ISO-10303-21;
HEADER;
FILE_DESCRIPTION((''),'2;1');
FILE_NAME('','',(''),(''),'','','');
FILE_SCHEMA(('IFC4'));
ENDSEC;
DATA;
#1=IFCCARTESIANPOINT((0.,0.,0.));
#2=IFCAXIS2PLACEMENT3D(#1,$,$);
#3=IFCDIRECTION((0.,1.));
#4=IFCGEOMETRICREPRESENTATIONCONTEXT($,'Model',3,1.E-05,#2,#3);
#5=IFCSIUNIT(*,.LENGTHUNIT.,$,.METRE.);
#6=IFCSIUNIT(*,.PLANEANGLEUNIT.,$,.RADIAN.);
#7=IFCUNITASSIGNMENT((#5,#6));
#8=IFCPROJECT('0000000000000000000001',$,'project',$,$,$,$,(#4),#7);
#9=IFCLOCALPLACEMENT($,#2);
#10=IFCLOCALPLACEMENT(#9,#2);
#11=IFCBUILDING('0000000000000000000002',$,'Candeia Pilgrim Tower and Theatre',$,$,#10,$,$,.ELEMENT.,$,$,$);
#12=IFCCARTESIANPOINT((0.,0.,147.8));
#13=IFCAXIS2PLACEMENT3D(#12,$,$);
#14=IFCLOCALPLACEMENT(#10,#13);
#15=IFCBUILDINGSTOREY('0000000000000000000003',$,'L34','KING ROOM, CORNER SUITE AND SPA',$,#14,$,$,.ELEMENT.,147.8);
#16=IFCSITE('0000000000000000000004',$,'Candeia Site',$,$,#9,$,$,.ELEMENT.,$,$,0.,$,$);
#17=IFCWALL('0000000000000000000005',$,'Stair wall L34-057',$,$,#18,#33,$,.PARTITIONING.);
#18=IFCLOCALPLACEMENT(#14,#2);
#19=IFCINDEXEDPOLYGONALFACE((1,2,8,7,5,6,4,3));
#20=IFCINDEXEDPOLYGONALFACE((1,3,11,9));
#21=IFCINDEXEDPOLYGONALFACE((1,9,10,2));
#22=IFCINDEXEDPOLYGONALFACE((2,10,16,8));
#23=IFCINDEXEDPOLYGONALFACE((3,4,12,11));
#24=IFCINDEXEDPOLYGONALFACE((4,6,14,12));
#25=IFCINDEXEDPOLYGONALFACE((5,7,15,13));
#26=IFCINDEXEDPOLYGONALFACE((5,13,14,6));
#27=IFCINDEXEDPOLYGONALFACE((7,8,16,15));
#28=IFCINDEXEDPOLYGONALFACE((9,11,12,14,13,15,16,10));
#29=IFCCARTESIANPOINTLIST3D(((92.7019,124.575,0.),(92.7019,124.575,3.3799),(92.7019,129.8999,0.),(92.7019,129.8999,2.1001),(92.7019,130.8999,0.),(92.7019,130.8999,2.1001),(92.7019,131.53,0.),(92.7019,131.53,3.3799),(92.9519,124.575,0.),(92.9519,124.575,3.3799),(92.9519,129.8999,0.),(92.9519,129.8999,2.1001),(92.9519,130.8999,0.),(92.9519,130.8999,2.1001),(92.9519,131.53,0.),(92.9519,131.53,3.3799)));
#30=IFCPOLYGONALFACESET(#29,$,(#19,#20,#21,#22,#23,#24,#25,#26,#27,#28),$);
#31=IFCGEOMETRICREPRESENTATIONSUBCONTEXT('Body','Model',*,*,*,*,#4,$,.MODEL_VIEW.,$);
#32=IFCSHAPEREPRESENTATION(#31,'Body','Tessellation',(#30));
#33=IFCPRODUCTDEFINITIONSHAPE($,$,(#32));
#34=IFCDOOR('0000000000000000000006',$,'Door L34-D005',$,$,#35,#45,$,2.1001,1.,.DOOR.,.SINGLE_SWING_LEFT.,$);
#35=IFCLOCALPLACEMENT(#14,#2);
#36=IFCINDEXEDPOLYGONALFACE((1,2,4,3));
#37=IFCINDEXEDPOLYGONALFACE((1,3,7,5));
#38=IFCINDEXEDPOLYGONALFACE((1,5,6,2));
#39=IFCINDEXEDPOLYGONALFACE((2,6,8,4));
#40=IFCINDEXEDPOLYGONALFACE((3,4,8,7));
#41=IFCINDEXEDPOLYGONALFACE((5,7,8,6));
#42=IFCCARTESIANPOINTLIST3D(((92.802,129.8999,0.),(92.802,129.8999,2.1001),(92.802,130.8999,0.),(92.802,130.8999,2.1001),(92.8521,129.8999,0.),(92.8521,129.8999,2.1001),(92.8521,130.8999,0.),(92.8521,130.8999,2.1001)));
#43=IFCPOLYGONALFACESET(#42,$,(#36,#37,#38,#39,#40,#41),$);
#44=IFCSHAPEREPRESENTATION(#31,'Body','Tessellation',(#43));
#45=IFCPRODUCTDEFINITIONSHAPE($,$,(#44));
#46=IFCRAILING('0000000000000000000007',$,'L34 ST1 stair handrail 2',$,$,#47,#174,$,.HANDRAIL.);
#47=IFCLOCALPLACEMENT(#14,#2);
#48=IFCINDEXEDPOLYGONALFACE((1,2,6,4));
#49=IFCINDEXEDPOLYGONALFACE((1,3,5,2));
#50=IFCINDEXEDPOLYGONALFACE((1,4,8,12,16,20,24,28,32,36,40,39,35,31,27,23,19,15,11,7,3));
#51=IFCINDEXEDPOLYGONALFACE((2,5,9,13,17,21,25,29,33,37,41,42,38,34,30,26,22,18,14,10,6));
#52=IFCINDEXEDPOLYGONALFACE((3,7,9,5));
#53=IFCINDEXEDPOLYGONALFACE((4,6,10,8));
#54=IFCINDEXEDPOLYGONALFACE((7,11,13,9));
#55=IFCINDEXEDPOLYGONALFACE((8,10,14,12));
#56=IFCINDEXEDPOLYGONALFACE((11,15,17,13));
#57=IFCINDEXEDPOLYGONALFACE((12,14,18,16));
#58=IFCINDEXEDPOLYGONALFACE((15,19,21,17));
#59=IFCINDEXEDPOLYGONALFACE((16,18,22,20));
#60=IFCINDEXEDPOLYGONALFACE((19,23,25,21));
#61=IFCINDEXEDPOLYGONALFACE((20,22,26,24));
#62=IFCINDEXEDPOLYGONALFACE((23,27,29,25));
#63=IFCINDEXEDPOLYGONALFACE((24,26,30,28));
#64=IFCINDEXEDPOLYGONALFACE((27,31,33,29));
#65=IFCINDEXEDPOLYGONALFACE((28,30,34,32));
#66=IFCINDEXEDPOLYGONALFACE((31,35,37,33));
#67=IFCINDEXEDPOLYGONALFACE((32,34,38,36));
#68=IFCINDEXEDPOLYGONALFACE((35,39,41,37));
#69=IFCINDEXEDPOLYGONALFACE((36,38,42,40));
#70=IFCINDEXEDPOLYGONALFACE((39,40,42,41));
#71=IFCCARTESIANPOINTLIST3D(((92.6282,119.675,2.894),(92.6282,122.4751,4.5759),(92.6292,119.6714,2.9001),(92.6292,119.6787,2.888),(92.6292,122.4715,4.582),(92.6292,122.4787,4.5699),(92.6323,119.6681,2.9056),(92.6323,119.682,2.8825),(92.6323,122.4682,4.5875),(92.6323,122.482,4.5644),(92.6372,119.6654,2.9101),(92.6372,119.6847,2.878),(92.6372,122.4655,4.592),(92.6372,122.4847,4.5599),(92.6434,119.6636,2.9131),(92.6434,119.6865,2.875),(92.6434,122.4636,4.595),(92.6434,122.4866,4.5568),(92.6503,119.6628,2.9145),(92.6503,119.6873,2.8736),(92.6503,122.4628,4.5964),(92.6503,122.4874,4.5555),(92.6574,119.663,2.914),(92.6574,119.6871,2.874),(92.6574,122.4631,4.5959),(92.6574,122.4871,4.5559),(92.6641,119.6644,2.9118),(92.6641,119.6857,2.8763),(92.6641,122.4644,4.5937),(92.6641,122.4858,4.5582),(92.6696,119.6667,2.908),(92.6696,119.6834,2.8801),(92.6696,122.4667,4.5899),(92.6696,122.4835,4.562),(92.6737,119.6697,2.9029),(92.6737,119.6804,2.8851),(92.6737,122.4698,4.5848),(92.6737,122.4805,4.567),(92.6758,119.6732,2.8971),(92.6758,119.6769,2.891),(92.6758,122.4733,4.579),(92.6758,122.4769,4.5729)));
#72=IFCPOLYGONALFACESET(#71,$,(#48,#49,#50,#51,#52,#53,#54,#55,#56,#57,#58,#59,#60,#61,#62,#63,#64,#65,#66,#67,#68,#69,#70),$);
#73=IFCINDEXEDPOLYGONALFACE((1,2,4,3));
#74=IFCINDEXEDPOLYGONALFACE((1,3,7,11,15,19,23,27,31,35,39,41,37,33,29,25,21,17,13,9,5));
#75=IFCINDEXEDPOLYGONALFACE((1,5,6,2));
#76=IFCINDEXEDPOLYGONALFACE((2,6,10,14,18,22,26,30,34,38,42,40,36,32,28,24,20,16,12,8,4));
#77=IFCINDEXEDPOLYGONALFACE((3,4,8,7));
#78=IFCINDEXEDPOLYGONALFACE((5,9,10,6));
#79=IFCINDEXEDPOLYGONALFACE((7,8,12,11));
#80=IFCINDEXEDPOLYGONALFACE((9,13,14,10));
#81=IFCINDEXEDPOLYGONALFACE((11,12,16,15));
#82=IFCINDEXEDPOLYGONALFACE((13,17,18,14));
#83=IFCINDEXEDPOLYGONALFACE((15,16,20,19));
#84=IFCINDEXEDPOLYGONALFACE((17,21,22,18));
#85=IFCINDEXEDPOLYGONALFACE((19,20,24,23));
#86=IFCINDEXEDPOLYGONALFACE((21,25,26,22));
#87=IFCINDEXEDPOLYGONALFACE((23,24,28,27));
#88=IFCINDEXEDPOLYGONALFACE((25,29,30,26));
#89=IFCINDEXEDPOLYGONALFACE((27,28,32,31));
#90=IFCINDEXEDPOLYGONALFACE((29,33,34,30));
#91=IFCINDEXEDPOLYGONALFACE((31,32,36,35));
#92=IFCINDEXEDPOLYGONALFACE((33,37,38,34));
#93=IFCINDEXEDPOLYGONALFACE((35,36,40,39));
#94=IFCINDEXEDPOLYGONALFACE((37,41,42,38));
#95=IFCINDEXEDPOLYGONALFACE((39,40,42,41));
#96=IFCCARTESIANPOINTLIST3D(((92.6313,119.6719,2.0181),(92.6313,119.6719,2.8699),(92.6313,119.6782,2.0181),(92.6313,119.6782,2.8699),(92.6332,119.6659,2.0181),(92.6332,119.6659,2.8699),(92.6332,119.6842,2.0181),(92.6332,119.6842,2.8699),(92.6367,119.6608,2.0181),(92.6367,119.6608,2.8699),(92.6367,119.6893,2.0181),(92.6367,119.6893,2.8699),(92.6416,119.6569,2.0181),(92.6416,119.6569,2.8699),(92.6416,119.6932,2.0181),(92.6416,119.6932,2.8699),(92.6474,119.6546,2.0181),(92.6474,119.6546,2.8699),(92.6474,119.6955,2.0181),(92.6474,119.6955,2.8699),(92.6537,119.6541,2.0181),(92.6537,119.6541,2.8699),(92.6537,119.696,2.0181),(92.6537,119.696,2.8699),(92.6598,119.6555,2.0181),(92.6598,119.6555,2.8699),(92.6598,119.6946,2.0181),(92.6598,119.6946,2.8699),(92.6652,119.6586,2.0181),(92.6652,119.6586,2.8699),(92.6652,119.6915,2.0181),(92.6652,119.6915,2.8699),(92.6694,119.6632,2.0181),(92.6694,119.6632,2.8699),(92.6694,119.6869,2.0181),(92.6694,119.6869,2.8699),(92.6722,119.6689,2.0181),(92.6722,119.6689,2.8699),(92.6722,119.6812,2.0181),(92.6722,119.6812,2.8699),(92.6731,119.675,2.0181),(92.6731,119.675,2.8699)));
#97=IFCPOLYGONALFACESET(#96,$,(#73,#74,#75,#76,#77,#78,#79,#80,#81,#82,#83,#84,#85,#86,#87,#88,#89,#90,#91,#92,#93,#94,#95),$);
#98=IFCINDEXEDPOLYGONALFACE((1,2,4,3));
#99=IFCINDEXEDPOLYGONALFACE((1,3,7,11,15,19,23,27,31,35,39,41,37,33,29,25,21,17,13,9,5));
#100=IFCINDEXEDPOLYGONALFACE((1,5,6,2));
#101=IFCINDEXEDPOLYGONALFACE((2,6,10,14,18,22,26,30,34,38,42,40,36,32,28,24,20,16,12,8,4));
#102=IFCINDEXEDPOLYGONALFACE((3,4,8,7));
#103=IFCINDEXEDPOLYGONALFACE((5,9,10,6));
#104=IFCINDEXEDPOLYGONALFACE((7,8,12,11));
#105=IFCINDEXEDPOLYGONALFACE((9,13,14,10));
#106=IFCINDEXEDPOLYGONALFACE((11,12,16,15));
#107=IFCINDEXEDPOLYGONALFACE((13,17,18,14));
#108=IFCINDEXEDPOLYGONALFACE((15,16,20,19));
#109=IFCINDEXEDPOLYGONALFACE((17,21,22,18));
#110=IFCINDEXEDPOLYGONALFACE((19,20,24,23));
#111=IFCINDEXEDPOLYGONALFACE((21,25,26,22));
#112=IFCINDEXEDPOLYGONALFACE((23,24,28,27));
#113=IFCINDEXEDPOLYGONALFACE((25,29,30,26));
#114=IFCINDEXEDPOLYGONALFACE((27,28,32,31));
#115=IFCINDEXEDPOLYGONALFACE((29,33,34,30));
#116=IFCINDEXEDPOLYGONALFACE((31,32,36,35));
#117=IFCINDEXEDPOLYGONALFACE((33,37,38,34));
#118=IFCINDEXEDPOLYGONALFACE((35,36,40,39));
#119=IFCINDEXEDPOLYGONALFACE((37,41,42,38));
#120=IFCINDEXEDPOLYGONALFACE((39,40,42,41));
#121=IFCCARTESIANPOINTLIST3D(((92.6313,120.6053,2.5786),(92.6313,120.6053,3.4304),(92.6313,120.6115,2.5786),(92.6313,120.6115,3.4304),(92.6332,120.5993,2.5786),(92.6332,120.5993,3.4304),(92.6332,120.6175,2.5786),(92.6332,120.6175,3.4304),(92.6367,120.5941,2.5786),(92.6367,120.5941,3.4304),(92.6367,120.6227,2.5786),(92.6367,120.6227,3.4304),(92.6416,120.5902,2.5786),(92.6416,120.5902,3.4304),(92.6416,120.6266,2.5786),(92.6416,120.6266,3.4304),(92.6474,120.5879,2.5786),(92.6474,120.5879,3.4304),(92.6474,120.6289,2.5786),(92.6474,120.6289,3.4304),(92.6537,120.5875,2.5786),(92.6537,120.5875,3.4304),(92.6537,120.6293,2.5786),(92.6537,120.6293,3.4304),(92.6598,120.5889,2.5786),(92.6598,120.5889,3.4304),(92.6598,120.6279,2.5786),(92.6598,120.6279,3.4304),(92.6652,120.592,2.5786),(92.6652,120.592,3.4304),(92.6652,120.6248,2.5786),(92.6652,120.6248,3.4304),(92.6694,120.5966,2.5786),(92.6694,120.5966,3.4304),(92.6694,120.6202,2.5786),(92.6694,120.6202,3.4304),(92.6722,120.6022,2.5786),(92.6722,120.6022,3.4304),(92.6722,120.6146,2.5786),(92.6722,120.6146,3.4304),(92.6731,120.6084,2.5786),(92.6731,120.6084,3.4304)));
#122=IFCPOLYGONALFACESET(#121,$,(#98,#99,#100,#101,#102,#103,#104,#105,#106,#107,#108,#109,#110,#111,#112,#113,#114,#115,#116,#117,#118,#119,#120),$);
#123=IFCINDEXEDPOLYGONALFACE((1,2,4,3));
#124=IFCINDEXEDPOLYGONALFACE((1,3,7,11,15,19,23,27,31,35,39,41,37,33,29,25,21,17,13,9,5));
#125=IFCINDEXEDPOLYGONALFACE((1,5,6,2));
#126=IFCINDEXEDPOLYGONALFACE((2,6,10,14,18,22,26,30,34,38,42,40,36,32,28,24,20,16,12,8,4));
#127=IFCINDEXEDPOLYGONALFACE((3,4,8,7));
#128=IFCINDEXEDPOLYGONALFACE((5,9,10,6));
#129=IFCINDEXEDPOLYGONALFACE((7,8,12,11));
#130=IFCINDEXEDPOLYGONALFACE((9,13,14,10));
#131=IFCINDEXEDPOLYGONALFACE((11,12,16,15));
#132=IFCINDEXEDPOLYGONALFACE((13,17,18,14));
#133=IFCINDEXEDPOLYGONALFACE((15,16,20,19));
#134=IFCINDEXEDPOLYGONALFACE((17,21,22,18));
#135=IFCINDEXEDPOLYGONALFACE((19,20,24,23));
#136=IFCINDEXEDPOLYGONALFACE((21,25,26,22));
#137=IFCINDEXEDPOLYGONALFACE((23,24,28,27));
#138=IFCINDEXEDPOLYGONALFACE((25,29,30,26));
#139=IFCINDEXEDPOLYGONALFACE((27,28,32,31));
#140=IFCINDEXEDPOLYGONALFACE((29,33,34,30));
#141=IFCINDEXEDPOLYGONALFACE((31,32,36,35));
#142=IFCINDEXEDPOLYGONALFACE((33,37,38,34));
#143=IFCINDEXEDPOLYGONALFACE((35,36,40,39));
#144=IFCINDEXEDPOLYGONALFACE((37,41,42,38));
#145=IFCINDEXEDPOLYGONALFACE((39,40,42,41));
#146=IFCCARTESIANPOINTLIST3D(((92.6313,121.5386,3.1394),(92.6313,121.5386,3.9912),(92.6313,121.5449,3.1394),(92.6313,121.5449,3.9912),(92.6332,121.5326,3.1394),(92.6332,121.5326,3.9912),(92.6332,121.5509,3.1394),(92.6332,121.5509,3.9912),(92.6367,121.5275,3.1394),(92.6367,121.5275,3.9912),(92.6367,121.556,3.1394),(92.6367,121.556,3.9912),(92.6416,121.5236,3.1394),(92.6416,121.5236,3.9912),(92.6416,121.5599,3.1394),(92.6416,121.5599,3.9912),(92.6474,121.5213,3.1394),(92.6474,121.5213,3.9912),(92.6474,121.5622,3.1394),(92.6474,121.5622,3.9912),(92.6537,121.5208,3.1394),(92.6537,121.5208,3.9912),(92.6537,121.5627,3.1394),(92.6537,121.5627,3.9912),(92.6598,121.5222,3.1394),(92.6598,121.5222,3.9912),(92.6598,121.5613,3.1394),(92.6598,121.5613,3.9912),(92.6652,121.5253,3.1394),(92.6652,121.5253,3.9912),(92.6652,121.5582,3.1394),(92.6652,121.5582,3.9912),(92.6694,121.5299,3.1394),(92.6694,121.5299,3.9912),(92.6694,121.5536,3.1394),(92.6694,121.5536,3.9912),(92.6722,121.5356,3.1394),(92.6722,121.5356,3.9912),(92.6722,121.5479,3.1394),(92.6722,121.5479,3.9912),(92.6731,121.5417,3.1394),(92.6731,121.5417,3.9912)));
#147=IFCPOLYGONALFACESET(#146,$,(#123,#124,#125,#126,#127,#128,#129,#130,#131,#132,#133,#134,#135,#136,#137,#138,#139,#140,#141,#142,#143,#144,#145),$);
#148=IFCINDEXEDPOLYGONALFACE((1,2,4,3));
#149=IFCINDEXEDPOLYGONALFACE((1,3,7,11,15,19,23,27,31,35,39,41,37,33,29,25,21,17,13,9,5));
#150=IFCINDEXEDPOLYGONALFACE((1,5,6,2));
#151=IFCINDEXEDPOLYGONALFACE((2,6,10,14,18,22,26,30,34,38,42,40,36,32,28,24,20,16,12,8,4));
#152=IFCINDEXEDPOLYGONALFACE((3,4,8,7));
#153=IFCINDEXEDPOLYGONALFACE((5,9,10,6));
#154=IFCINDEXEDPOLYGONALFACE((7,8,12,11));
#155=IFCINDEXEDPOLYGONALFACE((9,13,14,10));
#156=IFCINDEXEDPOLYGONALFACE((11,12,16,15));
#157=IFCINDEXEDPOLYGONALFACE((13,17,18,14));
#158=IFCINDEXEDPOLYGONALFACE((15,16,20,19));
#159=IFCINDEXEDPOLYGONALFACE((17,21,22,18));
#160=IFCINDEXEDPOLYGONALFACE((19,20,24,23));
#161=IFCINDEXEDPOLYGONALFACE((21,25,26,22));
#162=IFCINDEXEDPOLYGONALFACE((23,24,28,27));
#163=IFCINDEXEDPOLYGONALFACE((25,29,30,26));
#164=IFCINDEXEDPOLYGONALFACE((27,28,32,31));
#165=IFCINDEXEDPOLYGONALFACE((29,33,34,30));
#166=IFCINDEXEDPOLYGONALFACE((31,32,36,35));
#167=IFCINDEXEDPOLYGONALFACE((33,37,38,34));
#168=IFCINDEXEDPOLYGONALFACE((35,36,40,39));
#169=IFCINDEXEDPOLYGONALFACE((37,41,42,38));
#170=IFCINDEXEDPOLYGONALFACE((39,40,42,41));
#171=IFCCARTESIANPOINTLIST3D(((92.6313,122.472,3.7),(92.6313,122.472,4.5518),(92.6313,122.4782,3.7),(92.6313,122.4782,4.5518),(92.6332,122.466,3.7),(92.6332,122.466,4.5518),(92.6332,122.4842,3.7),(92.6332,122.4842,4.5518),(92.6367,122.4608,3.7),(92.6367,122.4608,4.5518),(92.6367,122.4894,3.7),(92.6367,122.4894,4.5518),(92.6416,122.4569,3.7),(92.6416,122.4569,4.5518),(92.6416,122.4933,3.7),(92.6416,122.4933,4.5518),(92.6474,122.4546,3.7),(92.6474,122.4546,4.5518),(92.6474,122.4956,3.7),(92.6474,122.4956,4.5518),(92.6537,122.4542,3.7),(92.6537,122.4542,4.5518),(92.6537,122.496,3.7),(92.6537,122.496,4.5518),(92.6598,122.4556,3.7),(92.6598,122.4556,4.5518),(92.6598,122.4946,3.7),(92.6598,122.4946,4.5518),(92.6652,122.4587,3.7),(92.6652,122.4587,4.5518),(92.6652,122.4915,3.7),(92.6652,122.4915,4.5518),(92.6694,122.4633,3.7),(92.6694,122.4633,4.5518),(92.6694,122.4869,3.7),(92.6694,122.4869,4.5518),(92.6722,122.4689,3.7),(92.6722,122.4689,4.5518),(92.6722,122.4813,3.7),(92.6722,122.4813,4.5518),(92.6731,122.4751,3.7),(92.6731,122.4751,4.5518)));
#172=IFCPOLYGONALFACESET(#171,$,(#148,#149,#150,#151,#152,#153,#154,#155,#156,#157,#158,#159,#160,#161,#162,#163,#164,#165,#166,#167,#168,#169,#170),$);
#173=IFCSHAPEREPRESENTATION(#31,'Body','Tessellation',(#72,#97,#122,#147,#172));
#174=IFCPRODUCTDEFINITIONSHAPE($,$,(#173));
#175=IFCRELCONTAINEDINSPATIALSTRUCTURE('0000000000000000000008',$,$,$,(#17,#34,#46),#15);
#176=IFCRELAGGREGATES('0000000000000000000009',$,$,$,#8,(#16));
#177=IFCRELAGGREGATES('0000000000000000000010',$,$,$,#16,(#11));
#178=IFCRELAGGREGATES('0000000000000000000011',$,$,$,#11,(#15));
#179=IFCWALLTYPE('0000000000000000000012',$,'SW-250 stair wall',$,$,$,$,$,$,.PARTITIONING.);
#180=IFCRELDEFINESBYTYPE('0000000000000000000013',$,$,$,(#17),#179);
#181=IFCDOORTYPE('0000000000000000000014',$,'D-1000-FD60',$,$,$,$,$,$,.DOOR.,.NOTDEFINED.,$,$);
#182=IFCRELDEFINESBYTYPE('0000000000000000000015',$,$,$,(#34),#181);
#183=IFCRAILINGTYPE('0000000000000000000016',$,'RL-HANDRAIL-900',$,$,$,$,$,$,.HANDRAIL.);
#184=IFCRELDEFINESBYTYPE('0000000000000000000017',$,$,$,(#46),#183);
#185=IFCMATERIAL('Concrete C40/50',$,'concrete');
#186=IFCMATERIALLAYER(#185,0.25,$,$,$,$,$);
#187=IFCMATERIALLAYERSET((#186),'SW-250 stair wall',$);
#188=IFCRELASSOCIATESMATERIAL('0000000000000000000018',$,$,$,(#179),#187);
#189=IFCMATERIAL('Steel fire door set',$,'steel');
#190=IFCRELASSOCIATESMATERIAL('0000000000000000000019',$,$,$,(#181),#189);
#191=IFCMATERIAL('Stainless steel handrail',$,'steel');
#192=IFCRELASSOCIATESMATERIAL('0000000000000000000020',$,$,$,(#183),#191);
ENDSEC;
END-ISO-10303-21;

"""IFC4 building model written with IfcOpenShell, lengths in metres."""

from ifc_helpers import new_model, si_unit, direction, frame, frame_2d, origin, origin_2d, place, context, subcontext, project, spatial, rectangle, circle, extrude, material, layer, layer_set, type_object, element, fill, save


model = new_model("IFC4")

# Units and contexts
model_context = context("Model", 3, precision=1e-05, world=origin(), true_north=direction((0.0, 1.0)))
body_context = subcontext(model_context, "Body", "Model", "MODEL_VIEW")
ifc_project = project(units=[si_unit("LENGTHUNIT", "METRE"), si_unit("PLANEANGLEUNIT", "RADIAN")], contexts=[model_context])

# Site, building, storey
site_placement = place(None, origin())
site = spatial("IfcSite", under=ifc_project, at=site_placement, Name="Candeia Site", CompositionType="ELEMENT", RefElevation=0.0)
building_placement = place(site_placement, origin())
building = spatial("IfcBuilding", under=site, at=building_placement, Name="Candeia Pilgrim Tower and Theatre", CompositionType="ELEMENT")
storey_placement = place(building_placement, frame((0.0, 0.0, 147.8)))
storey = spatial("IfcBuildingStorey", under=building, at=storey_placement, Name="L34", Description="KING ROOM, CORNER SUITE AND SPA", CompositionType="ELEMENT", Elevation=147.8)

# Shared definitions
ifc_material_1 = material(Name="Steel fire door set", Category="steel")

# Shared definitions
ifc_material_2 = material(Name="Concrete C40/50", Category="concrete")

# Wall, opening, door
ifc_layer_1 = layer(ifc_material_2, 0.25)
ifc_layer_set_1 = layer_set([ifc_layer_1], Name="SW-250 stair wall")
wall_type_1 = type_object("IfcWallType", Name="SW-250 stair wall", PredefinedType="PARTITIONING", material=ifc_layer_set_1)
wall_1_placement = place(storey_placement, frame((92.8269, 124.575, 0.0), z_axis=(0.0, 0.0, 1.0), x_axis=(0.0, 1.0, 0.0)))
wall_1 = element("IfcWall", 1, at=wall_1_placement, inside=storey, type_object=wall_type_1, Name="Stair wall L34-057", PredefinedType="PARTITIONING", context=body_context, shape_type="SweptSolid", body=[
    extrude(rectangle(XDim=6.9551, YDim=0.25, at=frame_2d((3.4775, 0.0))), origin(), (0.0, 0.0, 1.0), 3.3799),
])
opening_1_placement = place(wall_1_placement, frame((5.325, 0.0, 0.0)))
opening_1 = element("IfcOpeningElement", 2, at=opening_1_placement, cuts=wall_1, PredefinedType="OPENING", context=body_context, shape_type="SweptSolid", body=[
    extrude(rectangle(XDim=1.0, YDim=2.1001, at=frame_2d((0.5, 1.05))), frame((0.0, 0.135, 0.0), z_axis=(0.0, -1.0, 0.0), x_axis=(1.0, 0.0, 0.0)), (0.0, 0.0, 1.0), 0.27),
])
door_type_1 = type_object("IfcDoorType", Name="D-1000-FD60", OperationType="NOTDEFINED", PredefinedType="DOOR", material=ifc_material_1)
door_1_placement = place(opening_1_placement, origin())
door_1 = element("IfcDoor", 3, at=door_1_placement, inside=storey, type_object=door_type_1, Name="Door L34-D005", OperationType="SINGLE_SWING_LEFT", OverallHeight=2.1001, OverallWidth=1.0, PredefinedType="DOOR", context=body_context, shape_type="SweptSolid", body=[
    extrude(rectangle(XDim=1.0, YDim=2.1001, at=frame_2d((0.5, 1.05))), frame((0.0, 0.0249, 0.0), z_axis=(0.0, -1.0, 0.0), x_axis=(1.0, 0.0, 0.0)), (0.0, 0.0, 1.0), 0.05),
])
fill(opening_1, door_1)

# Railing
ifc_material_3 = material(Name="Stainless steel handrail", Category="steel")
railing_type = type_object("IfcRailingType", Name="RL-HANDRAIL-900", PredefinedType="HANDRAIL", material=ifc_material_3)
for number, where, name in (
    (4, (92.6521, 119.675, 2.0181), "L34 ST1 stair handrail 2"),
):
    element("IfcRailing", number, at=place(storey_placement, frame(where)), inside=storey, type_object=railing_type, Name=name, PredefinedType="HANDRAIL", context=body_context, shape_type="SweptSolid", body=[
        extrude(circle(Radius=0.0239, at=origin_2d()), frame((0.0, 0.0, 0.876), z_axis=(0.0, 0.857242, 0.514913), x_axis=(-1.0, 0.0, 0.0)), (0.0, 0.0, 1.0), 3.2664),
        extrude(circle(Radius=0.021, at=origin_2d()), origin(), (0.0, 0.0, 1.0), 0.8518),
        extrude(circle(Radius=0.021, at=origin_2d()), frame((0.0, 0.9333, 0.5605)), (0.0, 0.0, 1.0), 0.8518),
        extrude(circle(Radius=0.021, at=origin_2d()), frame((0.0, 1.8667, 1.1213)), (0.0, 0.0, 1.0), 0.8518),
        extrude(circle(Radius=0.021, at=origin_2d()), frame((0.0, 2.8, 1.6819)), (0.0, 0.0, 1.0), 0.8518),
    ])

save(model, "model.ifc")
